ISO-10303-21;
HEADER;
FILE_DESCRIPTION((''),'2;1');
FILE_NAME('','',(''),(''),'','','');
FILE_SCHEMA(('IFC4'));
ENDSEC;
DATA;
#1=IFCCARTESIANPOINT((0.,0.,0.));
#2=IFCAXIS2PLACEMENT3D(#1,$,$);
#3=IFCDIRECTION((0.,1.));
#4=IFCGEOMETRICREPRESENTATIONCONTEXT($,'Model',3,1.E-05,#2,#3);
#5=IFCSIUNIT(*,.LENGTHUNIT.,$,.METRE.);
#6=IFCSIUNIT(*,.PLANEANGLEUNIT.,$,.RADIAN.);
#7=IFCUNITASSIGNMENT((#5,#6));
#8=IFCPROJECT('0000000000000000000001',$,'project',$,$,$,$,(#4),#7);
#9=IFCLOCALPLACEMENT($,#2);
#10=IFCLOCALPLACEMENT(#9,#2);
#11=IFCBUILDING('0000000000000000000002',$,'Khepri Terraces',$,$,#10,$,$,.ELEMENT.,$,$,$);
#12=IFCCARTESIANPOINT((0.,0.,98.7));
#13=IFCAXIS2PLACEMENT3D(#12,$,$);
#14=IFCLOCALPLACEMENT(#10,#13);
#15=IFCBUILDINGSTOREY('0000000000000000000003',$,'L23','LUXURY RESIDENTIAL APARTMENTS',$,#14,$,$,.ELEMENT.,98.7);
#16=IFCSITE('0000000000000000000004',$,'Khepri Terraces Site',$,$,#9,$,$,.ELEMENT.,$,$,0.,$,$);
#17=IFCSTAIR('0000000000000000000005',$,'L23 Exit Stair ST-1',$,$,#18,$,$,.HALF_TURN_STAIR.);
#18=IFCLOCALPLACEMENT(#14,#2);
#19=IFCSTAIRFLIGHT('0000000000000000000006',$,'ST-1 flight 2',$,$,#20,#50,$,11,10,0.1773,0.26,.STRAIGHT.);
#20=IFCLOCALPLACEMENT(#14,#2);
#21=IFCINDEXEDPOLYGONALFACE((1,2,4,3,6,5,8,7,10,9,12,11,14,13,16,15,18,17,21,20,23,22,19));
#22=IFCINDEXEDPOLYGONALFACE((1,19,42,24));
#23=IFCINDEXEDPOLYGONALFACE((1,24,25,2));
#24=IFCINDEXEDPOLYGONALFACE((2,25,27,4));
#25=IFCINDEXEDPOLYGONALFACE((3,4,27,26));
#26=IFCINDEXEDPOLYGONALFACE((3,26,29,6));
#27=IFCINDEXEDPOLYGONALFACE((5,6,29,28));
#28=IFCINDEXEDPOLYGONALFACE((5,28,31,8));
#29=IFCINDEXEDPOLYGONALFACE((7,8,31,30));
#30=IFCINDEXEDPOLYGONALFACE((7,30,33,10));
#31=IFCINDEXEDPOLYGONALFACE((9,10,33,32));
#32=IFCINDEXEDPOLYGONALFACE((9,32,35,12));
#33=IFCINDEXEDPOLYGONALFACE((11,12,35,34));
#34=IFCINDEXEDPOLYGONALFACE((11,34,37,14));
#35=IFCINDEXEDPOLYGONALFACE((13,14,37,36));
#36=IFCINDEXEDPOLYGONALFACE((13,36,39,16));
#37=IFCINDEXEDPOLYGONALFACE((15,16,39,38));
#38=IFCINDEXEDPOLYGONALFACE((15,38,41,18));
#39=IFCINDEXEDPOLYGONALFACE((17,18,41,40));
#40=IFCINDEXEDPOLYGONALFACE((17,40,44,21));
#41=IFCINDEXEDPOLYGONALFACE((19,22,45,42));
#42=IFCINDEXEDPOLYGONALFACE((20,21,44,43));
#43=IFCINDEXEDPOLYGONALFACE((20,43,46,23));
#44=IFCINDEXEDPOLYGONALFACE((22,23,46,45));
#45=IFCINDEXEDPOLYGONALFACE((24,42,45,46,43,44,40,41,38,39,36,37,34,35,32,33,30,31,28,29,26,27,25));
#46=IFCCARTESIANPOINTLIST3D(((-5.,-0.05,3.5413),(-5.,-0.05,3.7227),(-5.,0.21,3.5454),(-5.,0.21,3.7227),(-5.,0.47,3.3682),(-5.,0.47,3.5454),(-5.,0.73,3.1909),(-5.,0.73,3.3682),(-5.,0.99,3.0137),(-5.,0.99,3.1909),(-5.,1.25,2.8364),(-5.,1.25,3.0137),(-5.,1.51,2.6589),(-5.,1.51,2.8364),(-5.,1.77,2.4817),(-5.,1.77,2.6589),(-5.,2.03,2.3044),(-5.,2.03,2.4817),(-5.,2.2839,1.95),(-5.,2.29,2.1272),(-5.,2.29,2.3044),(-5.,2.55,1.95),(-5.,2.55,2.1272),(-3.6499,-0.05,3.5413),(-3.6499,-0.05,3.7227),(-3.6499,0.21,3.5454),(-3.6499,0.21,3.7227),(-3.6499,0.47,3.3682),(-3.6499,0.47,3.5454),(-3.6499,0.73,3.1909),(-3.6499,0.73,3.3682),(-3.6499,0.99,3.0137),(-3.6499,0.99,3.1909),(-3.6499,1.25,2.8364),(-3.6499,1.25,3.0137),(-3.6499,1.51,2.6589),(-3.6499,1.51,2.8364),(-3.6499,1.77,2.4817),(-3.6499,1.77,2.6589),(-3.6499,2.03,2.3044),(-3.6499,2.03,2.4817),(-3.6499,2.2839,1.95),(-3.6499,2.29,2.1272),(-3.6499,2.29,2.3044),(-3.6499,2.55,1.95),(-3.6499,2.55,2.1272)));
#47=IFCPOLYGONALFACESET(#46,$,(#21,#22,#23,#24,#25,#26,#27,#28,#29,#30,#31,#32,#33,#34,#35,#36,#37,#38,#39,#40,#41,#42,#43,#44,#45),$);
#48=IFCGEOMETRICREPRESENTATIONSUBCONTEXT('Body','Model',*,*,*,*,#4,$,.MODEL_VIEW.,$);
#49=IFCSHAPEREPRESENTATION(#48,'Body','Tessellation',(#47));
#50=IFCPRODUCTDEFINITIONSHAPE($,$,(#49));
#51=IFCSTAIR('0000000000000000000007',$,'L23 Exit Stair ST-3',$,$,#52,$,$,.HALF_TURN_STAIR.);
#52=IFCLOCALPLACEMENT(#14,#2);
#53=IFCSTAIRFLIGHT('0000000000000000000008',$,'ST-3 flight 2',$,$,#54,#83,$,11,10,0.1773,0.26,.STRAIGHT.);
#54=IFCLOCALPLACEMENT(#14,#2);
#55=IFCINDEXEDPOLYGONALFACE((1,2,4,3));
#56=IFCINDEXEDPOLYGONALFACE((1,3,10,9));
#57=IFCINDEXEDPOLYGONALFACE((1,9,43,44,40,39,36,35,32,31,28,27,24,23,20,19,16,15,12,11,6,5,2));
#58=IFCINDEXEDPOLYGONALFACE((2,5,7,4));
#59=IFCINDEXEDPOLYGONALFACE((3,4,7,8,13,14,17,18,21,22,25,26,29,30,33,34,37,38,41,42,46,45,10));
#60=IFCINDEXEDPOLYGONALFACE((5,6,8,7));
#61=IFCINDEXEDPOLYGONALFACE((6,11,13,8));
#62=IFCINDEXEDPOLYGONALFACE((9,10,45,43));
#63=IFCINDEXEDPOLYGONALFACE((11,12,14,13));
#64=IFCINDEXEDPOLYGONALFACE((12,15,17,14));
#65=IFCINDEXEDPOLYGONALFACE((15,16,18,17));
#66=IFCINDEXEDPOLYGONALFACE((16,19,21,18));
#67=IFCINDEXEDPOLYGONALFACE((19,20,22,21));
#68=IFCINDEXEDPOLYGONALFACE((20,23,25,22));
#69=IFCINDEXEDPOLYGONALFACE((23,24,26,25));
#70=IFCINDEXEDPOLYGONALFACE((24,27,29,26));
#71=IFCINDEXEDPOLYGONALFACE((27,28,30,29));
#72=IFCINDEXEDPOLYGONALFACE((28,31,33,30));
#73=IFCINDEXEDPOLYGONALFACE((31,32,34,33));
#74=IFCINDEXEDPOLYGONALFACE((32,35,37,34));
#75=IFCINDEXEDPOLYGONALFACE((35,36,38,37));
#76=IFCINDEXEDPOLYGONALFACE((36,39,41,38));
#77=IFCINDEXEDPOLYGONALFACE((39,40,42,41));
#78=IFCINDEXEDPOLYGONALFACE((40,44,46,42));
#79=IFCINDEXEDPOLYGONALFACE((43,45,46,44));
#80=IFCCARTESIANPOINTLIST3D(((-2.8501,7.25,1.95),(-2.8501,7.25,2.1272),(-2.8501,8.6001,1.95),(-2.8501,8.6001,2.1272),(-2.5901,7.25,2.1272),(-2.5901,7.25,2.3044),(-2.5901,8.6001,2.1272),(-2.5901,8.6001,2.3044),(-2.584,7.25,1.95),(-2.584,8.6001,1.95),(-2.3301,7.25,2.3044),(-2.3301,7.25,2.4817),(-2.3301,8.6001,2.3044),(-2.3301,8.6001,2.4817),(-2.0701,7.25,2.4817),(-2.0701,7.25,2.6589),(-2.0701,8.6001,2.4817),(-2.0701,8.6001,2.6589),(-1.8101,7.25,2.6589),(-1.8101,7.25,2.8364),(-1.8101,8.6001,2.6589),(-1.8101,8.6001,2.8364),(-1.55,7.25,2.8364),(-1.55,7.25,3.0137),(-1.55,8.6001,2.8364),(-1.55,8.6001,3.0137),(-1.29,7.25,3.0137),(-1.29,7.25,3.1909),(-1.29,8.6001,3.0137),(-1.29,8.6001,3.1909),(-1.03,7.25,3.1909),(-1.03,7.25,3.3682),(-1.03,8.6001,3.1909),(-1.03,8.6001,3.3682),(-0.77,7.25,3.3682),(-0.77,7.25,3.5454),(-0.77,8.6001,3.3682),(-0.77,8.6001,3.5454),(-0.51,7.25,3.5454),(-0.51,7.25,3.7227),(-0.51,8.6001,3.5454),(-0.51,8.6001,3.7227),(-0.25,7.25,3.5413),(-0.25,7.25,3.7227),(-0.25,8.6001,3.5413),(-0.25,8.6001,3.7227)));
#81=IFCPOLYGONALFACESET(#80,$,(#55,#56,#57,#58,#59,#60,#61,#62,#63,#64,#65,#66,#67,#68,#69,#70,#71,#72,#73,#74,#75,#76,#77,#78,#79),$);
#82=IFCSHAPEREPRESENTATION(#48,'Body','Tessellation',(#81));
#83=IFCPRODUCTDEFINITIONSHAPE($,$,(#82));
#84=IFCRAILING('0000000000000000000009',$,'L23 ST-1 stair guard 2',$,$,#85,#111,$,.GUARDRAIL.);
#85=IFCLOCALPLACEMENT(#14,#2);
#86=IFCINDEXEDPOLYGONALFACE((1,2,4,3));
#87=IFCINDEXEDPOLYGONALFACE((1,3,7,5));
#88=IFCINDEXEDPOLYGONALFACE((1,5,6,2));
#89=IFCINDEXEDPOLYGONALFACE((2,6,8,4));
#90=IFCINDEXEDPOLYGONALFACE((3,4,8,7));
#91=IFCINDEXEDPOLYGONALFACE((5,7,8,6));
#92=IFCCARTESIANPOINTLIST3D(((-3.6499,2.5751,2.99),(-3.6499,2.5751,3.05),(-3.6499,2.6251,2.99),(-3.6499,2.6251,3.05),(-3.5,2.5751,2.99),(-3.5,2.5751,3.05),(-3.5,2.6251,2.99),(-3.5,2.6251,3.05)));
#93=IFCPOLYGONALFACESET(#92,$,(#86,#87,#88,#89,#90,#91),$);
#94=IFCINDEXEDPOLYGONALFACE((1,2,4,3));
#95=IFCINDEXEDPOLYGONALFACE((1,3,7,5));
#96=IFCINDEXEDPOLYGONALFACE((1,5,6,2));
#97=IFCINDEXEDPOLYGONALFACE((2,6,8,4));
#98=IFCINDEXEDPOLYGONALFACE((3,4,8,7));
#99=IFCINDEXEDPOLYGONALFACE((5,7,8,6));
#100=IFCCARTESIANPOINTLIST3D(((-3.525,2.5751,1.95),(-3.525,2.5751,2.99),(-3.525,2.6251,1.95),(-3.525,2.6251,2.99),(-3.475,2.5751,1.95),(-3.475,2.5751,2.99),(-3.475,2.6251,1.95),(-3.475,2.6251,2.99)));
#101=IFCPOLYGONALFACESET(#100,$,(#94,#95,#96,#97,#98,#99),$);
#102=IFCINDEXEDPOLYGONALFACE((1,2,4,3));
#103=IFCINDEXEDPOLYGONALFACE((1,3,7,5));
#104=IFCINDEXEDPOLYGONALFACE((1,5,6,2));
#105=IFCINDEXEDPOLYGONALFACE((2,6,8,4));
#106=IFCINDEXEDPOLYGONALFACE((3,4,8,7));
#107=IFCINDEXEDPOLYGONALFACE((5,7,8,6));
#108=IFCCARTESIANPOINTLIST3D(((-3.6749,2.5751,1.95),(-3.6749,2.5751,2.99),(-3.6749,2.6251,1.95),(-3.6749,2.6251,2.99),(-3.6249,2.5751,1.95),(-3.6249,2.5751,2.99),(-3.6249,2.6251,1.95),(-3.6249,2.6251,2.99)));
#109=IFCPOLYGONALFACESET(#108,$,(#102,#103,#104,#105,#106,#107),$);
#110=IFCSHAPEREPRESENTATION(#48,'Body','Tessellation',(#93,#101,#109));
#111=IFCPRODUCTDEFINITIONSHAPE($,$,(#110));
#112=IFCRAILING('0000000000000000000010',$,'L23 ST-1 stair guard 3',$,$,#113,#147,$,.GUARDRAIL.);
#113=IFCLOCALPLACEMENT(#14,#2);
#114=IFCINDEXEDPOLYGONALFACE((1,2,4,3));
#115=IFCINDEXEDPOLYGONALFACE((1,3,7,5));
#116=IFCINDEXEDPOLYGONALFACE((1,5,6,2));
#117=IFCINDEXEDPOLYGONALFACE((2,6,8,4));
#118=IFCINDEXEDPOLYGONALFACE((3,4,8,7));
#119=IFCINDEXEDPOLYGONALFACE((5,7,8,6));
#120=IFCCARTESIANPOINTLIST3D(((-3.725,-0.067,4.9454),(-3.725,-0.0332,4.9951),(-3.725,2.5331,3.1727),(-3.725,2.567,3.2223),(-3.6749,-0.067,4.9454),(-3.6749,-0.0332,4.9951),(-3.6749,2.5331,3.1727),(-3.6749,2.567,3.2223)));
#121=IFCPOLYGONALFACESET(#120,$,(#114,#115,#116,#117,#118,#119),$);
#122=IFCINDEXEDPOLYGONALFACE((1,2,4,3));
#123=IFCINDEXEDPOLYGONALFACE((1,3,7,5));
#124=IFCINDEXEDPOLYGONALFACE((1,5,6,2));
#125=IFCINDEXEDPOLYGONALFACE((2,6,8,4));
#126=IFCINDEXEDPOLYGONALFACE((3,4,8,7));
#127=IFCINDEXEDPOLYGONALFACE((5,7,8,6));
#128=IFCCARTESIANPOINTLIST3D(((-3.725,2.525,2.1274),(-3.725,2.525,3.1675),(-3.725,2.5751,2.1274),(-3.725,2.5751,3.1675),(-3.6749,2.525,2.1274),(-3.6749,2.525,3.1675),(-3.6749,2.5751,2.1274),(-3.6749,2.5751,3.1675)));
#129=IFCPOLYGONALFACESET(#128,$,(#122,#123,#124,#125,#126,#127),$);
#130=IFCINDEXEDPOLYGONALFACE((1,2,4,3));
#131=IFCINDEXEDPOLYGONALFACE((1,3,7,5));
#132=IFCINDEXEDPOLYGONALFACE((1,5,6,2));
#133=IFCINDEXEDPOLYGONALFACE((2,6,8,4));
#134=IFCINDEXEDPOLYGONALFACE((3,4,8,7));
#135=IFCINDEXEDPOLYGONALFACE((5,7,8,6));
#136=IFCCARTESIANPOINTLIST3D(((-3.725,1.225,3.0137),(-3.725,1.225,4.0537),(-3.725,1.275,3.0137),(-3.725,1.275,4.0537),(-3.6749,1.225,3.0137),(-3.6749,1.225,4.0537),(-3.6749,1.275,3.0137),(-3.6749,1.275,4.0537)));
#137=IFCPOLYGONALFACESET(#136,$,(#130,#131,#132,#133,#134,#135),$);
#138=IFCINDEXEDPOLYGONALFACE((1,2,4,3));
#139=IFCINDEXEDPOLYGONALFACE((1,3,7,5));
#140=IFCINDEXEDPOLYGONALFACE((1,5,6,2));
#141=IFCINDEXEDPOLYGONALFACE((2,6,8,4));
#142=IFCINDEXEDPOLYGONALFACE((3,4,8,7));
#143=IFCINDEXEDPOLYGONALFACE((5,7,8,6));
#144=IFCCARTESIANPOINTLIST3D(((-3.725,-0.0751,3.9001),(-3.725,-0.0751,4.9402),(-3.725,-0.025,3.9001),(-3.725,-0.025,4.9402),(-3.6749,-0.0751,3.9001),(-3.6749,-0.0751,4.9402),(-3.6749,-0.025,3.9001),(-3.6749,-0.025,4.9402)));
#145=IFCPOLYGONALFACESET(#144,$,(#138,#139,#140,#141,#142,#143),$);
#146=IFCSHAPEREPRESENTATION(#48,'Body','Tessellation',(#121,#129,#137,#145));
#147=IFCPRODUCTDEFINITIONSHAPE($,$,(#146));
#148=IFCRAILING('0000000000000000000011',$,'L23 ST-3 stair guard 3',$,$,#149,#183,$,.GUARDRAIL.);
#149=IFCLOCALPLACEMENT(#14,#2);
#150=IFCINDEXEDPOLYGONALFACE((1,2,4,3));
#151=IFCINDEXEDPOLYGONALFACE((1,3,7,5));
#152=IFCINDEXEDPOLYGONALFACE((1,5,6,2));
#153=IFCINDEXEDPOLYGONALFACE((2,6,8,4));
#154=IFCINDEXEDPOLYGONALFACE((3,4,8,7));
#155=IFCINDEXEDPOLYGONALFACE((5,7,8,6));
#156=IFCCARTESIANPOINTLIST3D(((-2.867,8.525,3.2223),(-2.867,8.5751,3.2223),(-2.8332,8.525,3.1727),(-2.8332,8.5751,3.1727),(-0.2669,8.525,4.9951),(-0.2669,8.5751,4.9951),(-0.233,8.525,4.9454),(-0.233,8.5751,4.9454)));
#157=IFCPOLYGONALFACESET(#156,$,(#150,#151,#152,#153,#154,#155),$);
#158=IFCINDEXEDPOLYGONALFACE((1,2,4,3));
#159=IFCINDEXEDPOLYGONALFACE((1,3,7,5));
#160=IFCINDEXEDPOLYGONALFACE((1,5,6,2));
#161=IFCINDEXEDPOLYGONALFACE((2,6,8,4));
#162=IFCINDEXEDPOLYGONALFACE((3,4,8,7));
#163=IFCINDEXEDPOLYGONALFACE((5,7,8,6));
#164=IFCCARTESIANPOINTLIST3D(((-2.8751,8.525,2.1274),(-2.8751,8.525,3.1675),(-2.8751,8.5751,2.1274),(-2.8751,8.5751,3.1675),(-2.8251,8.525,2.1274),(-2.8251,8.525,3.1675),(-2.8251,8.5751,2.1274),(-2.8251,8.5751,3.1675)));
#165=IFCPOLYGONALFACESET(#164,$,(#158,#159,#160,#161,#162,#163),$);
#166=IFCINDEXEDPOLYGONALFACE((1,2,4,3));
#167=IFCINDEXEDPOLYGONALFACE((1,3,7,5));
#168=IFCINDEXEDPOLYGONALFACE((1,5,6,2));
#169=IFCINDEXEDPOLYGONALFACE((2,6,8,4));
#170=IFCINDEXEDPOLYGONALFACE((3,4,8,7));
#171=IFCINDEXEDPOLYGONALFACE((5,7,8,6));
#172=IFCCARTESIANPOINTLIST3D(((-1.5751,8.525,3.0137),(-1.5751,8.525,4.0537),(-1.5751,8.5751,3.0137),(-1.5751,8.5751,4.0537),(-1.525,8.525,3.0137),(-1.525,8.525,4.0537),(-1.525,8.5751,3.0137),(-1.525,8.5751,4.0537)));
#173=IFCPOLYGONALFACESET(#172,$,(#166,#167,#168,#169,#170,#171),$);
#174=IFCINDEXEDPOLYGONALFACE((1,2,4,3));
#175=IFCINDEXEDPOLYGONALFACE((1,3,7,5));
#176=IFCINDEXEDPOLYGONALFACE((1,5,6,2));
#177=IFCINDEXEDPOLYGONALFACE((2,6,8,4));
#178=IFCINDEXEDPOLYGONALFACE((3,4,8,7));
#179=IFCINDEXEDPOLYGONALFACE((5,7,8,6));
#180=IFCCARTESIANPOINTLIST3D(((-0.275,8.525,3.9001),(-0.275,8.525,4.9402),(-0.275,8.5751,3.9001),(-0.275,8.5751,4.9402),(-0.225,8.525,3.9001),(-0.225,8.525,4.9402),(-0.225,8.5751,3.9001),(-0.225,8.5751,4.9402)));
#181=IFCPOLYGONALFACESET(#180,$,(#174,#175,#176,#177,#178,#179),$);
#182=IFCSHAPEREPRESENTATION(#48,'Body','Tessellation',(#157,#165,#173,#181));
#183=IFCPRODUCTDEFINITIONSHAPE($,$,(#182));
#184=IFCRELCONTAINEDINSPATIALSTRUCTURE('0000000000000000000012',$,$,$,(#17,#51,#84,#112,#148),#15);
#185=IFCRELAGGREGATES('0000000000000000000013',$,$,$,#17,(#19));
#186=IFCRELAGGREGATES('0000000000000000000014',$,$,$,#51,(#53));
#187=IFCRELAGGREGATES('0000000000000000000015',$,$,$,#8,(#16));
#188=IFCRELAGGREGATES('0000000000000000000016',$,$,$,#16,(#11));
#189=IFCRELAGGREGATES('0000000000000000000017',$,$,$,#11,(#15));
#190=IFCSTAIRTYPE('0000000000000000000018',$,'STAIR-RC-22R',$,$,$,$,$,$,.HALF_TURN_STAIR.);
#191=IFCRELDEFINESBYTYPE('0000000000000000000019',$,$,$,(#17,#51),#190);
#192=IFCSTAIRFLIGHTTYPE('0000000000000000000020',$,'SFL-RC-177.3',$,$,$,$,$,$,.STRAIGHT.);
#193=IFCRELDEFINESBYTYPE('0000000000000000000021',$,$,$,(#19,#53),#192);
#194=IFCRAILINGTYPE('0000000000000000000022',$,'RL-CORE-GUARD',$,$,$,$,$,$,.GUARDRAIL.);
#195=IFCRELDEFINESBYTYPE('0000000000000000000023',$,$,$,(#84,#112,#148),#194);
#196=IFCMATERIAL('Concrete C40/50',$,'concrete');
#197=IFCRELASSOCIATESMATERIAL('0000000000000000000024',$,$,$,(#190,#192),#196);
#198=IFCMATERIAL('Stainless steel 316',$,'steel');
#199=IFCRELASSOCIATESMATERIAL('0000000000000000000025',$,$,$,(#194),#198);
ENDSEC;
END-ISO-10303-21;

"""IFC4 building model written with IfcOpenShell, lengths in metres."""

from ifc_helpers import new_model, si_unit, direction, frame, origin, origin_2d, place, context, subcontext, project, spatial, polyline, rectangle, outline, extrude, material, type_object, element, aggregate, save


model = new_model("IFC4")

# Units and contexts
model_context = context("Model", 3, precision=1e-05, world=origin(), true_north=direction((0.0, 1.0)))
body_context = subcontext(model_context, "Body", "Model", "MODEL_VIEW")
ifc_project = project(units=[si_unit("LENGTHUNIT", "METRE"), si_unit("PLANEANGLEUNIT", "RADIAN")], contexts=[model_context])

# Site, building, storey
site_placement = place(None, origin())
site = spatial("IfcSite", under=ifc_project, at=site_placement, Name="Khepri Terraces Site", CompositionType="ELEMENT", RefElevation=0.0)
building_placement = place(site_placement, origin())
building = spatial("IfcBuilding", under=site, at=building_placement, Name="Khepri Terraces", CompositionType="ELEMENT")
storey_placement = place(building_placement, frame((0.0, 0.0, 98.7)))
storey = spatial("IfcBuildingStorey", under=building, at=storey_placement, Name="L23", Description="LUXURY RESIDENTIAL APARTMENTS", CompositionType="ELEMENT", Elevation=98.7)

# Shared definitions
ifc_material_1 = material(Name="Concrete C40/50", Category="concrete")

# Stairs, stair flights
stair_type = type_object("IfcStairType", Name="STAIR-RC-22R", PredefinedType="HALF_TURN_STAIR", material=ifc_material_1)
stair_1_placement = place(storey_placement, origin())
stair_1 = element("IfcStair", 1, at=stair_1_placement, inside=storey, type_object=stair_type, Name="L23 Exit Stair ST-1", PredefinedType="HALF_TURN_STAIR")
stair_flight_type = type_object("IfcStairFlightType", Name="SFL-RC-177.3", PredefinedType="STRAIGHT", material=ifc_material_1)
stair_flight_1_placement = place(storey_placement, frame((-4.325, 2.55, 1.95), z_axis=(0.0, 0.0, 1.0), x_axis=(0.0, -1.0, 0.0)))
stair_flight_1 = element("IfcStairFlight", 2, at=stair_flight_1_placement, type_object=stair_flight_type, Name="ST-1 flight 2", NumberOfRisers=11, NumberOfTreads=10, PredefinedType="STRAIGHT", RiserHeight=0.1773, TreadLength=0.26, context=body_context, shape_type="SweptSolid", body=[
    extrude(outline(polyline([(0.0, 0.0), (0.0, 0.1772), (0.26, 0.1772), (0.26, 0.3545), (0.52, 0.3545), (0.52, 0.5317), (0.78, 0.5317), (0.78, 0.709), (1.04, 0.709), (1.04, 0.8865), (1.3, 0.8865), (1.3, 1.0637), (1.5601, 1.0637), (1.5601, 1.241), (1.8201, 1.241), (1.8201, 1.4182), (2.0801, 1.4182), (2.0801, 1.5955), (2.3401, 1.5955), (2.3401, 1.7727), (2.6001, 1.7727), (2.6001, 1.95), (2.6001, 1.5913), (0.2661, 0.0), (0.0, 0.0)])), frame((0.0, 0.675, 0.0), z_axis=(0.0, -1.0, 0.0), x_axis=(1.0, 0.0, 0.0)), (0.0, 0.0, 1.0), 1.3501),
])
aggregate(stair_1, [stair_flight_1])
stair_2_placement = place(storey_placement, origin())
stair_2 = element("IfcStair", 3, at=stair_2_placement, inside=storey, type_object=stair_type, Name="L23 Exit Stair ST-3", PredefinedType="HALF_TURN_STAIR")
stair_flight_2_placement = place(storey_placement, frame((-2.8501, 7.925, 1.95), z_axis=(0.0, 0.0, 1.0), x_axis=(1.0, 0.0, 0.0)))
stair_flight_2 = element("IfcStairFlight", 4, at=stair_flight_2_placement, type_object=stair_flight_type, Name="ST-3 flight 2", NumberOfRisers=11, NumberOfTreads=10, PredefinedType="STRAIGHT", RiserHeight=0.1773, TreadLength=0.26, context=body_context, shape_type="SweptSolid", body=[
    extrude(outline(polyline([(0.0, 0.0), (0.0, 0.1772), (0.26, 0.1772), (0.26, 0.3545), (0.52, 0.3545), (0.52, 0.5317), (0.78, 0.5317), (0.78, 0.709), (1.04, 0.709), (1.04, 0.8865), (1.3, 0.8865), (1.3, 1.0637), (1.5601, 1.0637), (1.5601, 1.241), (1.8201, 1.241), (1.8201, 1.4182), (2.0801, 1.4182), (2.0801, 1.5955), (2.3401, 1.5955), (2.3401, 1.7727), (2.6001, 1.7727), (2.6001, 1.95), (2.6001, 1.5913), (0.2661, 0.0), (0.0, 0.0)])), frame((0.0, 0.675, 0.0), z_axis=(0.0, -1.0, 0.0), x_axis=(1.0, 0.0, 0.0)), (0.0, 0.0, 1.0), 1.3501),
])
aggregate(stair_2, [stair_flight_2])

# Railings
ifc_material_2 = material(Name="Stainless steel 316", Category="steel")
railing_type_1 = type_object("IfcRailingType", Name="RL-CORE-GUARD", PredefinedType="GUARDRAIL", material=ifc_material_2)
railing_1_placement = place(storey_placement, frame((-3.5, 2.6001, 1.95)))
element("IfcRailing", 5, at=railing_1_placement, inside=storey, type_object=railing_type_1, Name="L23 ST-1 stair guard 2", PredefinedType="GUARDRAIL", context=body_context, shape_type="SweptSolid", body=[
    extrude(rectangle(XDim=0.05, YDim=0.0601, at=origin_2d()), frame((0.0, 0.0, 1.0701), z_axis=(-1.0, 0.0, 0.0), x_axis=(0.0, -1.0, 0.0)), (0.0, 0.0, 1.0), 0.1499),
    extrude(rectangle(XDim=0.05, YDim=0.05, at=origin_2d()), origin(), (0.0, 0.0, 1.0), 1.04),
    extrude(rectangle(XDim=0.05, YDim=0.05, at=origin_2d()), frame((-0.1499, 0.0, 0.0)), (0.0, 0.0, 1.0), 1.04),
])
railing_2_placement = place(storey_placement, frame((-3.7, 2.55, 2.1274)))
element("IfcRailing", 6, at=railing_2_placement, inside=storey, type_object=railing_type_1, Name="L23 ST-1 stair guard 3", PredefinedType="GUARDRAIL", context=body_context, shape_type="SweptSolid", body=[
    extrude(rectangle(XDim=0.05, YDim=0.0601, at=origin_2d()), frame((0.0, 0.0, 1.0701), z_axis=(0.0, -0.82624, 0.563318), x_axis=(1.0, 0.0, 0.0)), (0.0, 0.0, 1.0), 3.147),
    extrude(rectangle(XDim=0.05, YDim=0.05, at=origin_2d()), origin(), (0.0, 0.0, 1.0), 1.04),
    extrude(rectangle(XDim=0.05, YDim=0.05, at=origin_2d()), frame((0.0, -1.3, 0.8862)), (0.0, 0.0, 1.0), 1.04),
    extrude(rectangle(XDim=0.05, YDim=0.05, at=origin_2d()), frame((0.0, -2.6001, 1.7727)), (0.0, 0.0, 1.0), 1.04),
])
railing_3_placement = place(storey_placement, frame((-2.8501, 8.55, 2.1274)))
element("IfcRailing", 7, at=railing_3_placement, inside=storey, type_object=railing_type_1, Name="L23 ST-3 stair guard 3", PredefinedType="GUARDRAIL", context=body_context, shape_type="SweptSolid", body=[
    extrude(rectangle(XDim=0.05, YDim=0.0601, at=origin_2d()), frame((0.0, 0.0, 1.0701), z_axis=(0.82624, 0.0, 0.563318), x_axis=(0.0, 1.0, 0.0)), (0.0, 0.0, 1.0), 3.147),
    extrude(rectangle(XDim=0.05, YDim=0.05, at=origin_2d()), origin(), (0.0, 0.0, 1.0), 1.04),
    extrude(rectangle(XDim=0.05, YDim=0.05, at=origin_2d()), frame((1.3, 0.0, 0.8862)), (0.0, 0.0, 1.0), 1.04),
    extrude(rectangle(XDim=0.05, YDim=0.05, at=origin_2d()), frame((2.6001, 0.0, 1.7727)), (0.0, 0.0, 1.0), 1.04),
])

save(model, "model.ifc")
